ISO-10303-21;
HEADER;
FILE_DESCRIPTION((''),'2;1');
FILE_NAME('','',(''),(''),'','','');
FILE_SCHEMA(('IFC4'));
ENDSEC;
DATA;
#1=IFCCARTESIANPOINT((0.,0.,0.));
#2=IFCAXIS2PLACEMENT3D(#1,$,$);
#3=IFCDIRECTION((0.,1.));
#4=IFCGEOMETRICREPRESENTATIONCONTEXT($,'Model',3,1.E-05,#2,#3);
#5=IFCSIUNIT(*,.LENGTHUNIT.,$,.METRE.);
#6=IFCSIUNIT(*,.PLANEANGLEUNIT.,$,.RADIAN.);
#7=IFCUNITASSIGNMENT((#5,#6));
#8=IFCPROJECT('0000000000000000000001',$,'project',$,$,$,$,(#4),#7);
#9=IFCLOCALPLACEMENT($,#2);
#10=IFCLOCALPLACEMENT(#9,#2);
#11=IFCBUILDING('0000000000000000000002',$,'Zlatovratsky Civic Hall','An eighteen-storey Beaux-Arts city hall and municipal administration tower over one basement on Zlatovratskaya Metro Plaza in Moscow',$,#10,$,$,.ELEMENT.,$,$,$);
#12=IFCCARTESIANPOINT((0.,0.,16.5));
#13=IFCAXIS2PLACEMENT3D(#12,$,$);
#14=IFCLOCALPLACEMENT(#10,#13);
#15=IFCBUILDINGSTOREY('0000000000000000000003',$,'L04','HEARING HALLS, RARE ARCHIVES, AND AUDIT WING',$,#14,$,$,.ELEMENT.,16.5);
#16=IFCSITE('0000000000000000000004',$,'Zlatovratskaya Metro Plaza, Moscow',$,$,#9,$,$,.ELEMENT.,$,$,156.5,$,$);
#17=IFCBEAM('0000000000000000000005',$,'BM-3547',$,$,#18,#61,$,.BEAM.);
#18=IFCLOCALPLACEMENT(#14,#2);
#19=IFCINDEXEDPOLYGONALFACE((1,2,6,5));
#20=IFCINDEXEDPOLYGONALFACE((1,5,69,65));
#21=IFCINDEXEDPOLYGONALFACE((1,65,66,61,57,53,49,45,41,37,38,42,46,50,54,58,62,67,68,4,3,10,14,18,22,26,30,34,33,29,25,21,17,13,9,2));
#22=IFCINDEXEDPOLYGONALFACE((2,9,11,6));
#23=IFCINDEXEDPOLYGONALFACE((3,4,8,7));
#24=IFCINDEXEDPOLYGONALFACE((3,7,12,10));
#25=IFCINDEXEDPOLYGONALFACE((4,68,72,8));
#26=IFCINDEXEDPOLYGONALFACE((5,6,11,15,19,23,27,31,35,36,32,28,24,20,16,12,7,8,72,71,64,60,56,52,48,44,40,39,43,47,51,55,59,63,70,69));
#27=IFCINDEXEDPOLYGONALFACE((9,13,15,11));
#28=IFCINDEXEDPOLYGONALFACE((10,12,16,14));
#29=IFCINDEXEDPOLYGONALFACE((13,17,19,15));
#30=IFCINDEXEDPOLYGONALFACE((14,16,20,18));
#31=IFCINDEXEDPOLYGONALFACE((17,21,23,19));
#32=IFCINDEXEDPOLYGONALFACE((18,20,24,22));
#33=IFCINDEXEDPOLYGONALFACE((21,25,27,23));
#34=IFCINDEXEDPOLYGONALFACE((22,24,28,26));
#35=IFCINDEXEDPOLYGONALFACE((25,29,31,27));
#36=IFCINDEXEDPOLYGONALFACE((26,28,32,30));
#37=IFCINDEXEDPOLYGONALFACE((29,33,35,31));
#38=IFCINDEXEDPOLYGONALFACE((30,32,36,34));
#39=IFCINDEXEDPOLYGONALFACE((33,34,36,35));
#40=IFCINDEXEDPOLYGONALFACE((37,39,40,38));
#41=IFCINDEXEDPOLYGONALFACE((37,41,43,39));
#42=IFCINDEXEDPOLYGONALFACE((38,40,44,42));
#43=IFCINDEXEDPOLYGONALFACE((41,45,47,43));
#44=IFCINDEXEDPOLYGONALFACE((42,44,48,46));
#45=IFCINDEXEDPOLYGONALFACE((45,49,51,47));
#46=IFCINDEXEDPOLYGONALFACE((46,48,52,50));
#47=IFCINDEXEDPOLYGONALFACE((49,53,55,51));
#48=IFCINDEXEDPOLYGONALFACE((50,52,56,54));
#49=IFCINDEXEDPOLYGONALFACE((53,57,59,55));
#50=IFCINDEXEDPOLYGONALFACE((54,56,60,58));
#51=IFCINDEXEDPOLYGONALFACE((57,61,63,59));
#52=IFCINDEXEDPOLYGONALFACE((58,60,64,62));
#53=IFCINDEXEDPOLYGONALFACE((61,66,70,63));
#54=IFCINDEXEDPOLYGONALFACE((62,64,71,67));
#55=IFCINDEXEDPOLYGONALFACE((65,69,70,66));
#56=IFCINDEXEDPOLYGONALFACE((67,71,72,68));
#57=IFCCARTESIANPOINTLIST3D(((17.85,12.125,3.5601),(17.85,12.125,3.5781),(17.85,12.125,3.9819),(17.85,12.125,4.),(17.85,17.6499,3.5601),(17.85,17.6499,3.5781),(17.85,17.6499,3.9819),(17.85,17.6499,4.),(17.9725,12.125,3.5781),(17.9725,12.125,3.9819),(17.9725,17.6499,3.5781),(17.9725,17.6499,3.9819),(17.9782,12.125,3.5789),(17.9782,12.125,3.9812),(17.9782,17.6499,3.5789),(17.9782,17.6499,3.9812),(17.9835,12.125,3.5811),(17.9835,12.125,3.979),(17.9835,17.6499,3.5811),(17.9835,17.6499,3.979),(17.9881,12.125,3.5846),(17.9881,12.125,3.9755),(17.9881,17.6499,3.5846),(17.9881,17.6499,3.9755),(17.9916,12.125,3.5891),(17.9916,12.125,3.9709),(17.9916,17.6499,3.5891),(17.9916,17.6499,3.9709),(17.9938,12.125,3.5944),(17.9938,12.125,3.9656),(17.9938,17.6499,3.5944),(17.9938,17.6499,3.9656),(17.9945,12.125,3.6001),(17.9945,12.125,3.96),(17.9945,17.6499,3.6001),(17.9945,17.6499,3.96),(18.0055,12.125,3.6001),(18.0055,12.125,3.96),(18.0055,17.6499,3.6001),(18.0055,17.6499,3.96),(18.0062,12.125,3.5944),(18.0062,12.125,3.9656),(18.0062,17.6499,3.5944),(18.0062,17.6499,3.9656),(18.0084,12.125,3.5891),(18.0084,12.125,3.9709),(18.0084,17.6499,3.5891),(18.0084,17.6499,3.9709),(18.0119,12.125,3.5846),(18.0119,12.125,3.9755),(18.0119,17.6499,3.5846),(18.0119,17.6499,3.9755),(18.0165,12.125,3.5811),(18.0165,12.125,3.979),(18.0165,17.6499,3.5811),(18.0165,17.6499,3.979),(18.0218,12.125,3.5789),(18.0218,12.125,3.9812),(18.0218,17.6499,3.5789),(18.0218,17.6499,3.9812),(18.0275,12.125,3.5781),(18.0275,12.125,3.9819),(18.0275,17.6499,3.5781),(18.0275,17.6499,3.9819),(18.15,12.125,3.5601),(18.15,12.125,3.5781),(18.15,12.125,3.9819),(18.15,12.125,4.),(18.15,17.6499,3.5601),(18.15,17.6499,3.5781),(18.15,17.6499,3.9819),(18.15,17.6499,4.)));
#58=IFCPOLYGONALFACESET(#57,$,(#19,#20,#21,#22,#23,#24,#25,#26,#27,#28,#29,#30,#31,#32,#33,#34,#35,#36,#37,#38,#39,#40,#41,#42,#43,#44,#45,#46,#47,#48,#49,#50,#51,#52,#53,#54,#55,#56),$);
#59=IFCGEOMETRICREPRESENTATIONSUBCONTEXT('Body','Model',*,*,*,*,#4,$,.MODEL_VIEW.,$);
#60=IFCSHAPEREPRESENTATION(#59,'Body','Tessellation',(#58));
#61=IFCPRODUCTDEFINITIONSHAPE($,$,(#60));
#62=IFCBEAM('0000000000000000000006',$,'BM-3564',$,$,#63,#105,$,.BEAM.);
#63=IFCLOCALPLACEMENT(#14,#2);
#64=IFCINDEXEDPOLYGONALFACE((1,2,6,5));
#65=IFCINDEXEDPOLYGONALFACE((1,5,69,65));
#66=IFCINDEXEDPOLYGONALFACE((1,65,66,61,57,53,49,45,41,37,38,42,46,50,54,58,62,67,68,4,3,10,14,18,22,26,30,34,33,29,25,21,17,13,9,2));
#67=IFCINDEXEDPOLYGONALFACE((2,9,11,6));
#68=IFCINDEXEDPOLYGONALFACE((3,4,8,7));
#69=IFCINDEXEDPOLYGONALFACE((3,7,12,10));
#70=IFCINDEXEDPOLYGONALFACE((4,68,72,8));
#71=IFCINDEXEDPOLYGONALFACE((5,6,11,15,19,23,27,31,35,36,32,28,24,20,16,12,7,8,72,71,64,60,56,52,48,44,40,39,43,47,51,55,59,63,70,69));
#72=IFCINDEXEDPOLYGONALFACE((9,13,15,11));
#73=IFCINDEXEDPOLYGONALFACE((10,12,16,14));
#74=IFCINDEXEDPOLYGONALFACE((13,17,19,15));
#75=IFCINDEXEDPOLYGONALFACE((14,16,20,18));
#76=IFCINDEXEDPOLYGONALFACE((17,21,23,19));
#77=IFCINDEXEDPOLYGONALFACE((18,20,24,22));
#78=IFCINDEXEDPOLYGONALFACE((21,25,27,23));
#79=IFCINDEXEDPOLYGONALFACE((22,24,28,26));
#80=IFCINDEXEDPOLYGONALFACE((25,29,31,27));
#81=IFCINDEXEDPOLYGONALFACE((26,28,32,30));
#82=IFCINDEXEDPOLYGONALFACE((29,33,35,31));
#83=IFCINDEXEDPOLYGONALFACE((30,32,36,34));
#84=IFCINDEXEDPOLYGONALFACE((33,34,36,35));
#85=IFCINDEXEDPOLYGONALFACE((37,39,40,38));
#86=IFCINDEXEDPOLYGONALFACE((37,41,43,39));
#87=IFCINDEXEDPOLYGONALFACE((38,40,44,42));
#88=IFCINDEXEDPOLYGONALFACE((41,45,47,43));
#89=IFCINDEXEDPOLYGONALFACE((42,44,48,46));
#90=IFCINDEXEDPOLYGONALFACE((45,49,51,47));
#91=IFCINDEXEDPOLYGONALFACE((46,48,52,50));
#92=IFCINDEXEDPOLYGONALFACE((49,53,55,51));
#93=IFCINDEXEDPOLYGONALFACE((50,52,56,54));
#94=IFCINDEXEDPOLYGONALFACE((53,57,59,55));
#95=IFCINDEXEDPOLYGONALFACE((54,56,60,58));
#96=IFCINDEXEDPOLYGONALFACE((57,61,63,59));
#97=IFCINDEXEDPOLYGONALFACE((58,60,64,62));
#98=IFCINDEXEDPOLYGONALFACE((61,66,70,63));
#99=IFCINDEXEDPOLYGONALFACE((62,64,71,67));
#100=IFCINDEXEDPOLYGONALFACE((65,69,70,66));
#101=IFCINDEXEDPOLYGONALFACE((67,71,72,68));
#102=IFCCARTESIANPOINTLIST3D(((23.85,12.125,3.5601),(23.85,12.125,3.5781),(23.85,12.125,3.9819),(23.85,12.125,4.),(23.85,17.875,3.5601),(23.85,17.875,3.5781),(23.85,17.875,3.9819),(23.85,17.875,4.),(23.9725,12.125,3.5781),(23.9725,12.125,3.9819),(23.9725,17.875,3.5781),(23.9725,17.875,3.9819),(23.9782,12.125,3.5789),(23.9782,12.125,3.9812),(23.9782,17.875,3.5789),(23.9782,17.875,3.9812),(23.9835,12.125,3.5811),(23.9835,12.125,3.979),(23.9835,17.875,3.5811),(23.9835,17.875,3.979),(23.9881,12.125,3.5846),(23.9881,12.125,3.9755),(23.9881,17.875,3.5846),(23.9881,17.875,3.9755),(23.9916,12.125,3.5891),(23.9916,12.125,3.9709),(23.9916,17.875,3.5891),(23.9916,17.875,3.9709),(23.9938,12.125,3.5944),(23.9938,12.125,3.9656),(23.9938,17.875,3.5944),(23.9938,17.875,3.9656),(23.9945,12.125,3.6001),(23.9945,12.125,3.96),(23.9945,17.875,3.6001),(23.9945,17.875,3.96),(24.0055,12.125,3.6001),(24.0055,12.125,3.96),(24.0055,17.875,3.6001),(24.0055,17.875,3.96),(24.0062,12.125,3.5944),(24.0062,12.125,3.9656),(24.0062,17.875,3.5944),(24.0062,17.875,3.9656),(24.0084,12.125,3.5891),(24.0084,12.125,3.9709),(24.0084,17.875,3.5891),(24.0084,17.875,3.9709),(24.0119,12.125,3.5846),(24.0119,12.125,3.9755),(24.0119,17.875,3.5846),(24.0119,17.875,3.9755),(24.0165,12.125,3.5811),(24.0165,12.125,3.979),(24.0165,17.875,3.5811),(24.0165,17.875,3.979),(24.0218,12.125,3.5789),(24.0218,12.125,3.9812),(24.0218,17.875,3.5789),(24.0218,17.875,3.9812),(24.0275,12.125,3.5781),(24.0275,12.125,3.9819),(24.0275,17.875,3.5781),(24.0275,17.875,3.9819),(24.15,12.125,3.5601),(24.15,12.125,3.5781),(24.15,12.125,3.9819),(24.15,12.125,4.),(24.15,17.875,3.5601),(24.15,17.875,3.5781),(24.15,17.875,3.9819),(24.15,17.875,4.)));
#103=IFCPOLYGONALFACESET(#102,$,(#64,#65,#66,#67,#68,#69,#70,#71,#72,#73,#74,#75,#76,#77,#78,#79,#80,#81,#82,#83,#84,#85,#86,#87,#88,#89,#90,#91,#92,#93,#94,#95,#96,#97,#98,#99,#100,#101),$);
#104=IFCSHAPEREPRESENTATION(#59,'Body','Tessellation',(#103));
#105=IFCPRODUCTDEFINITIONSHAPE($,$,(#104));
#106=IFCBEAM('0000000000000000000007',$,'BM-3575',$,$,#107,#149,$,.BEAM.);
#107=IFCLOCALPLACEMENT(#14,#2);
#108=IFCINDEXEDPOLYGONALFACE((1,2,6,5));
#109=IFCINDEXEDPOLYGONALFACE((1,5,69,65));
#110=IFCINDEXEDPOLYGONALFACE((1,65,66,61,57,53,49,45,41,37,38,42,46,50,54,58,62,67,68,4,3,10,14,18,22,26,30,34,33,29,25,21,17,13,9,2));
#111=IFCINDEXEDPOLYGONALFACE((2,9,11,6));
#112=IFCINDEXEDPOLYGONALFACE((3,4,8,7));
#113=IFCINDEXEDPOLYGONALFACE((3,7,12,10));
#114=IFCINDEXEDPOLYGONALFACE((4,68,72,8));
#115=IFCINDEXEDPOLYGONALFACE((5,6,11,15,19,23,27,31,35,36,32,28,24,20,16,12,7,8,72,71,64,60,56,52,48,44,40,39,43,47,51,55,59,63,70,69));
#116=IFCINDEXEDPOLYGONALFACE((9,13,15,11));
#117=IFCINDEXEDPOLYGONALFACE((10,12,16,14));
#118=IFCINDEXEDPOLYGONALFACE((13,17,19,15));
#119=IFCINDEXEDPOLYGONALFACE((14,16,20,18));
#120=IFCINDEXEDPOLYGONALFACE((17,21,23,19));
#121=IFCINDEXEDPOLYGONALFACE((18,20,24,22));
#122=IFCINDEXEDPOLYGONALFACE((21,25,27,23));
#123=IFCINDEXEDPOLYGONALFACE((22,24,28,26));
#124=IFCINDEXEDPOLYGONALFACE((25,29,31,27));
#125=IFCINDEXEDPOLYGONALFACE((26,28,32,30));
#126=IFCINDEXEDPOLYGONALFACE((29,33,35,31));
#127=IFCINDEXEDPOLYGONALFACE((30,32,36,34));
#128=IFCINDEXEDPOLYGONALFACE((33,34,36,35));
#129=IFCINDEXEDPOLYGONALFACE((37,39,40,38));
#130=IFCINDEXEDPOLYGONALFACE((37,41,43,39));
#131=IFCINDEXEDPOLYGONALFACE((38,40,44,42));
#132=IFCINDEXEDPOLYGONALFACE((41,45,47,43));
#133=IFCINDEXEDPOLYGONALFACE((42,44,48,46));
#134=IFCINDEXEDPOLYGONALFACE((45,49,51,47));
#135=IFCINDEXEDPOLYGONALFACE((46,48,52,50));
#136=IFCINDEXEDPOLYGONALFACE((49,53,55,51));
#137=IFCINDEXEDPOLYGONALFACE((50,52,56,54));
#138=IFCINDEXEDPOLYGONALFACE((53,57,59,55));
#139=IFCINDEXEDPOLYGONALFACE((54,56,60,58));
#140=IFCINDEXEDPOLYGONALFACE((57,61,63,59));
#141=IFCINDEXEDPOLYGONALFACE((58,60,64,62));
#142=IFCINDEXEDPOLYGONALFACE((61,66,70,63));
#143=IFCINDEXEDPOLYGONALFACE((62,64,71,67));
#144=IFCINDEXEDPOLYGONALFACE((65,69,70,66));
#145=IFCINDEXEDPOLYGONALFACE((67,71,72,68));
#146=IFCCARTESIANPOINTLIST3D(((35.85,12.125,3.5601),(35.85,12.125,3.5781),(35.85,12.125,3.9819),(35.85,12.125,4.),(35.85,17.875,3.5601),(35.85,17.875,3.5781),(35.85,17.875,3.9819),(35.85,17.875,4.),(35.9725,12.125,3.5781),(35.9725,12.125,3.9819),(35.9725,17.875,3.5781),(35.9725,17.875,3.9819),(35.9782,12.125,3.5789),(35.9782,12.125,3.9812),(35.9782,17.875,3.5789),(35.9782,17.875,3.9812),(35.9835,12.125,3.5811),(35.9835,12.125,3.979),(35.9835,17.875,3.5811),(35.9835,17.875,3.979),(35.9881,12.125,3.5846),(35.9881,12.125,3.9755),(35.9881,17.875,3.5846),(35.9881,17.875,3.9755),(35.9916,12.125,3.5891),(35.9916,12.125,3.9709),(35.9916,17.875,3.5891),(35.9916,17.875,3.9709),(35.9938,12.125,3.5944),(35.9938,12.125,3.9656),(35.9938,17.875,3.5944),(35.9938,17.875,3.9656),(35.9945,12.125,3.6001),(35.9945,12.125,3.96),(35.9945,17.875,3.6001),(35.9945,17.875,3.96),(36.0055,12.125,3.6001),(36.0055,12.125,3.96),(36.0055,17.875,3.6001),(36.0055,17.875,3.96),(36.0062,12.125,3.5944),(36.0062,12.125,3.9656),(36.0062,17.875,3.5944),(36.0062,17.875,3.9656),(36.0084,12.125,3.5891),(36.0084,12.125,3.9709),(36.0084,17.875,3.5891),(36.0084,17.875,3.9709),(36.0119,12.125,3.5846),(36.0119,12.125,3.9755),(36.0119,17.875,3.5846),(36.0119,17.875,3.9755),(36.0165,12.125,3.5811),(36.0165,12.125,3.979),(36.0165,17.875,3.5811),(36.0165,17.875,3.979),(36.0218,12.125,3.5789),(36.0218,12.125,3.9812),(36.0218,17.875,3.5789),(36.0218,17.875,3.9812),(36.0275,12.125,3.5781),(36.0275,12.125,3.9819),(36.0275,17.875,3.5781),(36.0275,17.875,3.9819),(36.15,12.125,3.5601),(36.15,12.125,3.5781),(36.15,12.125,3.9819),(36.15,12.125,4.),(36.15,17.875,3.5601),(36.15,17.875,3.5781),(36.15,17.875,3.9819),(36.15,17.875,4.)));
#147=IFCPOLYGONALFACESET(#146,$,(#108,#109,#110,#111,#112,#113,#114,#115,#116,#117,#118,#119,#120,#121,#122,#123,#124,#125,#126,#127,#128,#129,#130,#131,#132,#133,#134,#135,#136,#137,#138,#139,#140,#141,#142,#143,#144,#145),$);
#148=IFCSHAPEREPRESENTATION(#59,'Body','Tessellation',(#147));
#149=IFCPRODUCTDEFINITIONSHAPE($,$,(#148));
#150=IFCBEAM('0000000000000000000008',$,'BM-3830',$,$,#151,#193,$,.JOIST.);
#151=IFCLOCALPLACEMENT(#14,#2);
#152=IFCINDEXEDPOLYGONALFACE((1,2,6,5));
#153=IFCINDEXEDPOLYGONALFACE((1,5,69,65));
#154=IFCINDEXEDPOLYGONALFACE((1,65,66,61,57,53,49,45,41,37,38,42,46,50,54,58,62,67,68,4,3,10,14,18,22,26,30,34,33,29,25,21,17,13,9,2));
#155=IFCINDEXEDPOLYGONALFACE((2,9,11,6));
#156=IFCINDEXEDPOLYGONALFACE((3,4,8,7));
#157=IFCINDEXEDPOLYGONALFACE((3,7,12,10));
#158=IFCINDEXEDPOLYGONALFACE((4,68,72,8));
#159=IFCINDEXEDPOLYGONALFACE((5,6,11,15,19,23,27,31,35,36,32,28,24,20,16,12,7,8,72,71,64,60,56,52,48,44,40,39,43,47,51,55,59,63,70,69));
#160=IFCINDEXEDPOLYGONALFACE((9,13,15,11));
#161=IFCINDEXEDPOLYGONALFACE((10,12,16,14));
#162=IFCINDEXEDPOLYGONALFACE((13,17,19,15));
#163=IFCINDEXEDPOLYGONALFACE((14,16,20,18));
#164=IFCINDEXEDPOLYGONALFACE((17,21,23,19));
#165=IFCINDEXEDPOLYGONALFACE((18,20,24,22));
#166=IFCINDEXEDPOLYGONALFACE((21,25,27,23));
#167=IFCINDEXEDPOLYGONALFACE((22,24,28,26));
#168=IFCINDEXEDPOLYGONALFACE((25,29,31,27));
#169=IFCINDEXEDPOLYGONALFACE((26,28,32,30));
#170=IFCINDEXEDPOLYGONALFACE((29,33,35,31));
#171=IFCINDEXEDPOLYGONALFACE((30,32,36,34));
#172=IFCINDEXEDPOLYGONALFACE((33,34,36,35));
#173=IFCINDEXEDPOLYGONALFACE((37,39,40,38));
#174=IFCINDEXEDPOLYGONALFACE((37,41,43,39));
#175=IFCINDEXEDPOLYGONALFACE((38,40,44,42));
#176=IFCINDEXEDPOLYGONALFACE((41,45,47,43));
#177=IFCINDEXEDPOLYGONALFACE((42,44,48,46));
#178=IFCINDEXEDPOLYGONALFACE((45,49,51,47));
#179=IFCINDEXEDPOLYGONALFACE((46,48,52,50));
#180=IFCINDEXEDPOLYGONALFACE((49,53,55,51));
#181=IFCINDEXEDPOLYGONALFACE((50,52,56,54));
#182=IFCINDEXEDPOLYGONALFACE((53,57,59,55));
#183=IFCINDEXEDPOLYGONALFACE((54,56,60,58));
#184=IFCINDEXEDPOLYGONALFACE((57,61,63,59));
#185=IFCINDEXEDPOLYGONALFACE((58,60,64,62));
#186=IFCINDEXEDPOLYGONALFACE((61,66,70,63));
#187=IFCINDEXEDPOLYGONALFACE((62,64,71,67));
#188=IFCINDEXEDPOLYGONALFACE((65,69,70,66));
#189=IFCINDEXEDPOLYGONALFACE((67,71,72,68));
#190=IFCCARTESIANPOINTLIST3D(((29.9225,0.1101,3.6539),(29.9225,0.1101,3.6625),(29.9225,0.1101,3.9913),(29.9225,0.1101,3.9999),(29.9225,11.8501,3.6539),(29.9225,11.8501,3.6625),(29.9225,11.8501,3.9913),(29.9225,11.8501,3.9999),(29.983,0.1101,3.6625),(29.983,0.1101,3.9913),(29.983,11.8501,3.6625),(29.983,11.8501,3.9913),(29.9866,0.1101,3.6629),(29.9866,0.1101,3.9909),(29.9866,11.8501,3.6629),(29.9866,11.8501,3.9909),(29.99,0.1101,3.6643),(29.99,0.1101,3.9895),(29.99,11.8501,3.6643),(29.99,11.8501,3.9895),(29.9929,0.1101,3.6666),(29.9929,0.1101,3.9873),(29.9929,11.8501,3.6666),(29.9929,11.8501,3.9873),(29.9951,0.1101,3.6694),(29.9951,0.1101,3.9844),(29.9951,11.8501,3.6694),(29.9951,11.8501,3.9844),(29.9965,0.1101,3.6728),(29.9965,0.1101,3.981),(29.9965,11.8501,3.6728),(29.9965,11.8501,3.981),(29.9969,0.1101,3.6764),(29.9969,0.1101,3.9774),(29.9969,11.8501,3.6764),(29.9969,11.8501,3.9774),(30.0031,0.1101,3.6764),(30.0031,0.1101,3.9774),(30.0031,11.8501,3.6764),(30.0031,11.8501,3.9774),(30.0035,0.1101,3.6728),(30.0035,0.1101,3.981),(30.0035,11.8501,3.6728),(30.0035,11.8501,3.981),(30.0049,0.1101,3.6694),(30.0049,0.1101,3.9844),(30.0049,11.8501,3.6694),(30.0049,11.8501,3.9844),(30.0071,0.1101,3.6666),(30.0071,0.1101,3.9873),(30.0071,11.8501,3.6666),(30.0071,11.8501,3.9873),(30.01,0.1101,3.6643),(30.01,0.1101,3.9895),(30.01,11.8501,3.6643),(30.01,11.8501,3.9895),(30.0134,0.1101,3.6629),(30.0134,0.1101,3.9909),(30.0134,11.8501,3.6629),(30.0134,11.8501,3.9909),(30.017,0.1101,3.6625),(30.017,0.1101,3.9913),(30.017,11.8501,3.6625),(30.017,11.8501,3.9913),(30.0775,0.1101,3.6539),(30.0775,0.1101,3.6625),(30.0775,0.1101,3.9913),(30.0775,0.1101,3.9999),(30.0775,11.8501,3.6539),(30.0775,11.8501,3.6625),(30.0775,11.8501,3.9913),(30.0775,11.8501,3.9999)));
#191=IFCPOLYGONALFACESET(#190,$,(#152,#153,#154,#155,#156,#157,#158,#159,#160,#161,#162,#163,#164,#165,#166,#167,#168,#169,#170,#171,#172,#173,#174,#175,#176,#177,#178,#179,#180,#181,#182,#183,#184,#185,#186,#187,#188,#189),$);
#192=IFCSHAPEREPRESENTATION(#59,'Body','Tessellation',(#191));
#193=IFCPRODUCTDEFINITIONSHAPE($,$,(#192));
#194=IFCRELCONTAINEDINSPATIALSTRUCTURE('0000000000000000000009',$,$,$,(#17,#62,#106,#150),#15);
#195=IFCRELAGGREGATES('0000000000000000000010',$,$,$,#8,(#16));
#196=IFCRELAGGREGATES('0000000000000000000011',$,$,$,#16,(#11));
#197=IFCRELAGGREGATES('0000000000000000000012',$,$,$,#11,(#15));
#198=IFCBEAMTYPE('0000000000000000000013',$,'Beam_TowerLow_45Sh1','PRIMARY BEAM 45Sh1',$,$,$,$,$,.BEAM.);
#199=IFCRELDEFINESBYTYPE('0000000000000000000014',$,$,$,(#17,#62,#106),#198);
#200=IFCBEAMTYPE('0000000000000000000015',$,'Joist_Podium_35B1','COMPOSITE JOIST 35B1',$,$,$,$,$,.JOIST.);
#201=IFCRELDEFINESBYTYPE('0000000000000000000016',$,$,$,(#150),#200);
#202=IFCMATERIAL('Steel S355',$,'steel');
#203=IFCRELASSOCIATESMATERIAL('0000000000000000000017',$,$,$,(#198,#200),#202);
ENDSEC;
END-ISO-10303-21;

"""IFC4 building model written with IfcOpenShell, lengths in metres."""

from ifc_helpers import new_model, si_unit, direction, frame, origin, origin_2d, place, context, subcontext, project, spatial, i_section, extrude, material, material_profile, profile_set, type_object, element, save


model = new_model("IFC4")

# Units and contexts
model_context = context("Model", 3, precision=1e-05, world=origin(), true_north=direction((0.0, 1.0)))
body_context = subcontext(model_context, "Body", "Model", "MODEL_VIEW")
ifc_project = project(units=[si_unit("LENGTHUNIT", "METRE"), si_unit("PLANEANGLEUNIT", "RADIAN")], contexts=[model_context])

# Site, building, storey
site_placement = place(None, origin())
site = spatial("IfcSite", under=ifc_project, at=site_placement, Name="Zlatovratskaya Metro Plaza, Moscow", CompositionType="ELEMENT", RefElevation=156.5)
building_placement = place(site_placement, origin())
building = spatial("IfcBuilding", under=site, at=building_placement, Name="Zlatovratsky Civic Hall", Description="An eighteen-storey Beaux-Arts city hall and municipal administration tower over one basement on Zlatovratskaya Metro Plaza in Moscow", CompositionType="ELEMENT")
storey_placement = place(building_placement, frame((0.0, 0.0, 16.5)))
storey = spatial("IfcBuildingStorey", under=building, at=storey_placement, Name="L04", Description="HEARING HALLS, RARE ARCHIVES, AND AUDIT WING", CompositionType="ELEMENT", Elevation=16.5)

# Shared definitions
ifc_material_1 = material(Name="Steel S355", Category="steel")

# Beams
ifc_material_profile_1 = material_profile(ifc_material_1, i_section(OverallWidth=0.3, OverallDepth=0.4399, WebThickness=0.011, FlangeThickness=0.0181, FilletRadius=0.022, at=origin_2d()), Name="45Sh1")
ifc_profile_set_1 = profile_set([ifc_material_profile_1], Name="Steel S355")
beam_type_1 = type_object("IfcBeamType", Name="Beam_TowerLow_45Sh1", Description="PRIMARY BEAM 45Sh1", PredefinedType="BEAM", material=ifc_profile_set_1)
for number, where, z_axis, x_axis, name in (
    (1, (18.0, 12.125, 3.78), (0.0, 1.0, 0.0), (-1.0, 0.0, 0.0), "BM-3547"),
):
    element("IfcBeam", number, at=place(storey_placement, frame(where, z_axis=z_axis, x_axis=x_axis)), inside=storey, type_object=beam_type_1, Name=name, PredefinedType="BEAM", context=body_context, shape_type="SweptSolid", body=[
        extrude(i_section(OverallWidth=0.3, OverallDepth=0.4399, WebThickness=0.011, FlangeThickness=0.0181, FilletRadius=0.022, at=origin_2d()), origin(), (0.0, 0.0, 1.0), 5.5249),
    ])
for number, where, z_axis, x_axis, name in (
    (2, (24.0, 12.125, 3.78), (0.0, 1.0, 0.0), (-1.0, 0.0, 0.0), "BM-3564"),
    (3, (36.0, 12.125, 3.78), (0.0, 1.0, 0.0), (-1.0, 0.0, 0.0), "BM-3575"),
):
    element("IfcBeam", number, at=place(storey_placement, frame(where, z_axis=z_axis, x_axis=x_axis)), inside=storey, type_object=beam_type_1, Name=name, PredefinedType="BEAM", context=body_context, shape_type="SweptSolid", body=[
        extrude(i_section(OverallWidth=0.3, OverallDepth=0.4399, WebThickness=0.011, FlangeThickness=0.0181, FilletRadius=0.022, at=origin_2d()), origin(), (0.0, 0.0, 1.0), 5.75),
    ])
ifc_material_profile_2 = material_profile(ifc_material_1, i_section(OverallWidth=0.155, OverallDepth=0.3459, WebThickness=0.0061, FlangeThickness=0.0085, FilletRadius=0.0139, at=origin_2d()), Name="35B1")
ifc_profile_set_2 = profile_set([ifc_material_profile_2], Name="Steel S355")
beam_type_2 = type_object("IfcBeamType", Name="Joist_Podium_35B1", Description="COMPOSITE JOIST 35B1", PredefinedType="JOIST", material=ifc_profile_set_2)
beam_1_placement = place(storey_placement, frame((30.0, 0.1101, 3.8269), z_axis=(0.0, 1.0, 0.0), x_axis=(-1.0, 0.0, 0.0)))
element("IfcBeam", 4, at=beam_1_placement, inside=storey, type_object=beam_type_2, Name="BM-3830", PredefinedType="JOIST", context=body_context, shape_type="SweptSolid", body=[
    extrude(i_section(OverallWidth=0.155, OverallDepth=0.3459, WebThickness=0.0061, FlangeThickness=0.0085, FilletRadius=0.0139, at=origin_2d()), origin(), (0.0, 0.0, 1.0), 11.74),
])

save(model, "model.ifc")
